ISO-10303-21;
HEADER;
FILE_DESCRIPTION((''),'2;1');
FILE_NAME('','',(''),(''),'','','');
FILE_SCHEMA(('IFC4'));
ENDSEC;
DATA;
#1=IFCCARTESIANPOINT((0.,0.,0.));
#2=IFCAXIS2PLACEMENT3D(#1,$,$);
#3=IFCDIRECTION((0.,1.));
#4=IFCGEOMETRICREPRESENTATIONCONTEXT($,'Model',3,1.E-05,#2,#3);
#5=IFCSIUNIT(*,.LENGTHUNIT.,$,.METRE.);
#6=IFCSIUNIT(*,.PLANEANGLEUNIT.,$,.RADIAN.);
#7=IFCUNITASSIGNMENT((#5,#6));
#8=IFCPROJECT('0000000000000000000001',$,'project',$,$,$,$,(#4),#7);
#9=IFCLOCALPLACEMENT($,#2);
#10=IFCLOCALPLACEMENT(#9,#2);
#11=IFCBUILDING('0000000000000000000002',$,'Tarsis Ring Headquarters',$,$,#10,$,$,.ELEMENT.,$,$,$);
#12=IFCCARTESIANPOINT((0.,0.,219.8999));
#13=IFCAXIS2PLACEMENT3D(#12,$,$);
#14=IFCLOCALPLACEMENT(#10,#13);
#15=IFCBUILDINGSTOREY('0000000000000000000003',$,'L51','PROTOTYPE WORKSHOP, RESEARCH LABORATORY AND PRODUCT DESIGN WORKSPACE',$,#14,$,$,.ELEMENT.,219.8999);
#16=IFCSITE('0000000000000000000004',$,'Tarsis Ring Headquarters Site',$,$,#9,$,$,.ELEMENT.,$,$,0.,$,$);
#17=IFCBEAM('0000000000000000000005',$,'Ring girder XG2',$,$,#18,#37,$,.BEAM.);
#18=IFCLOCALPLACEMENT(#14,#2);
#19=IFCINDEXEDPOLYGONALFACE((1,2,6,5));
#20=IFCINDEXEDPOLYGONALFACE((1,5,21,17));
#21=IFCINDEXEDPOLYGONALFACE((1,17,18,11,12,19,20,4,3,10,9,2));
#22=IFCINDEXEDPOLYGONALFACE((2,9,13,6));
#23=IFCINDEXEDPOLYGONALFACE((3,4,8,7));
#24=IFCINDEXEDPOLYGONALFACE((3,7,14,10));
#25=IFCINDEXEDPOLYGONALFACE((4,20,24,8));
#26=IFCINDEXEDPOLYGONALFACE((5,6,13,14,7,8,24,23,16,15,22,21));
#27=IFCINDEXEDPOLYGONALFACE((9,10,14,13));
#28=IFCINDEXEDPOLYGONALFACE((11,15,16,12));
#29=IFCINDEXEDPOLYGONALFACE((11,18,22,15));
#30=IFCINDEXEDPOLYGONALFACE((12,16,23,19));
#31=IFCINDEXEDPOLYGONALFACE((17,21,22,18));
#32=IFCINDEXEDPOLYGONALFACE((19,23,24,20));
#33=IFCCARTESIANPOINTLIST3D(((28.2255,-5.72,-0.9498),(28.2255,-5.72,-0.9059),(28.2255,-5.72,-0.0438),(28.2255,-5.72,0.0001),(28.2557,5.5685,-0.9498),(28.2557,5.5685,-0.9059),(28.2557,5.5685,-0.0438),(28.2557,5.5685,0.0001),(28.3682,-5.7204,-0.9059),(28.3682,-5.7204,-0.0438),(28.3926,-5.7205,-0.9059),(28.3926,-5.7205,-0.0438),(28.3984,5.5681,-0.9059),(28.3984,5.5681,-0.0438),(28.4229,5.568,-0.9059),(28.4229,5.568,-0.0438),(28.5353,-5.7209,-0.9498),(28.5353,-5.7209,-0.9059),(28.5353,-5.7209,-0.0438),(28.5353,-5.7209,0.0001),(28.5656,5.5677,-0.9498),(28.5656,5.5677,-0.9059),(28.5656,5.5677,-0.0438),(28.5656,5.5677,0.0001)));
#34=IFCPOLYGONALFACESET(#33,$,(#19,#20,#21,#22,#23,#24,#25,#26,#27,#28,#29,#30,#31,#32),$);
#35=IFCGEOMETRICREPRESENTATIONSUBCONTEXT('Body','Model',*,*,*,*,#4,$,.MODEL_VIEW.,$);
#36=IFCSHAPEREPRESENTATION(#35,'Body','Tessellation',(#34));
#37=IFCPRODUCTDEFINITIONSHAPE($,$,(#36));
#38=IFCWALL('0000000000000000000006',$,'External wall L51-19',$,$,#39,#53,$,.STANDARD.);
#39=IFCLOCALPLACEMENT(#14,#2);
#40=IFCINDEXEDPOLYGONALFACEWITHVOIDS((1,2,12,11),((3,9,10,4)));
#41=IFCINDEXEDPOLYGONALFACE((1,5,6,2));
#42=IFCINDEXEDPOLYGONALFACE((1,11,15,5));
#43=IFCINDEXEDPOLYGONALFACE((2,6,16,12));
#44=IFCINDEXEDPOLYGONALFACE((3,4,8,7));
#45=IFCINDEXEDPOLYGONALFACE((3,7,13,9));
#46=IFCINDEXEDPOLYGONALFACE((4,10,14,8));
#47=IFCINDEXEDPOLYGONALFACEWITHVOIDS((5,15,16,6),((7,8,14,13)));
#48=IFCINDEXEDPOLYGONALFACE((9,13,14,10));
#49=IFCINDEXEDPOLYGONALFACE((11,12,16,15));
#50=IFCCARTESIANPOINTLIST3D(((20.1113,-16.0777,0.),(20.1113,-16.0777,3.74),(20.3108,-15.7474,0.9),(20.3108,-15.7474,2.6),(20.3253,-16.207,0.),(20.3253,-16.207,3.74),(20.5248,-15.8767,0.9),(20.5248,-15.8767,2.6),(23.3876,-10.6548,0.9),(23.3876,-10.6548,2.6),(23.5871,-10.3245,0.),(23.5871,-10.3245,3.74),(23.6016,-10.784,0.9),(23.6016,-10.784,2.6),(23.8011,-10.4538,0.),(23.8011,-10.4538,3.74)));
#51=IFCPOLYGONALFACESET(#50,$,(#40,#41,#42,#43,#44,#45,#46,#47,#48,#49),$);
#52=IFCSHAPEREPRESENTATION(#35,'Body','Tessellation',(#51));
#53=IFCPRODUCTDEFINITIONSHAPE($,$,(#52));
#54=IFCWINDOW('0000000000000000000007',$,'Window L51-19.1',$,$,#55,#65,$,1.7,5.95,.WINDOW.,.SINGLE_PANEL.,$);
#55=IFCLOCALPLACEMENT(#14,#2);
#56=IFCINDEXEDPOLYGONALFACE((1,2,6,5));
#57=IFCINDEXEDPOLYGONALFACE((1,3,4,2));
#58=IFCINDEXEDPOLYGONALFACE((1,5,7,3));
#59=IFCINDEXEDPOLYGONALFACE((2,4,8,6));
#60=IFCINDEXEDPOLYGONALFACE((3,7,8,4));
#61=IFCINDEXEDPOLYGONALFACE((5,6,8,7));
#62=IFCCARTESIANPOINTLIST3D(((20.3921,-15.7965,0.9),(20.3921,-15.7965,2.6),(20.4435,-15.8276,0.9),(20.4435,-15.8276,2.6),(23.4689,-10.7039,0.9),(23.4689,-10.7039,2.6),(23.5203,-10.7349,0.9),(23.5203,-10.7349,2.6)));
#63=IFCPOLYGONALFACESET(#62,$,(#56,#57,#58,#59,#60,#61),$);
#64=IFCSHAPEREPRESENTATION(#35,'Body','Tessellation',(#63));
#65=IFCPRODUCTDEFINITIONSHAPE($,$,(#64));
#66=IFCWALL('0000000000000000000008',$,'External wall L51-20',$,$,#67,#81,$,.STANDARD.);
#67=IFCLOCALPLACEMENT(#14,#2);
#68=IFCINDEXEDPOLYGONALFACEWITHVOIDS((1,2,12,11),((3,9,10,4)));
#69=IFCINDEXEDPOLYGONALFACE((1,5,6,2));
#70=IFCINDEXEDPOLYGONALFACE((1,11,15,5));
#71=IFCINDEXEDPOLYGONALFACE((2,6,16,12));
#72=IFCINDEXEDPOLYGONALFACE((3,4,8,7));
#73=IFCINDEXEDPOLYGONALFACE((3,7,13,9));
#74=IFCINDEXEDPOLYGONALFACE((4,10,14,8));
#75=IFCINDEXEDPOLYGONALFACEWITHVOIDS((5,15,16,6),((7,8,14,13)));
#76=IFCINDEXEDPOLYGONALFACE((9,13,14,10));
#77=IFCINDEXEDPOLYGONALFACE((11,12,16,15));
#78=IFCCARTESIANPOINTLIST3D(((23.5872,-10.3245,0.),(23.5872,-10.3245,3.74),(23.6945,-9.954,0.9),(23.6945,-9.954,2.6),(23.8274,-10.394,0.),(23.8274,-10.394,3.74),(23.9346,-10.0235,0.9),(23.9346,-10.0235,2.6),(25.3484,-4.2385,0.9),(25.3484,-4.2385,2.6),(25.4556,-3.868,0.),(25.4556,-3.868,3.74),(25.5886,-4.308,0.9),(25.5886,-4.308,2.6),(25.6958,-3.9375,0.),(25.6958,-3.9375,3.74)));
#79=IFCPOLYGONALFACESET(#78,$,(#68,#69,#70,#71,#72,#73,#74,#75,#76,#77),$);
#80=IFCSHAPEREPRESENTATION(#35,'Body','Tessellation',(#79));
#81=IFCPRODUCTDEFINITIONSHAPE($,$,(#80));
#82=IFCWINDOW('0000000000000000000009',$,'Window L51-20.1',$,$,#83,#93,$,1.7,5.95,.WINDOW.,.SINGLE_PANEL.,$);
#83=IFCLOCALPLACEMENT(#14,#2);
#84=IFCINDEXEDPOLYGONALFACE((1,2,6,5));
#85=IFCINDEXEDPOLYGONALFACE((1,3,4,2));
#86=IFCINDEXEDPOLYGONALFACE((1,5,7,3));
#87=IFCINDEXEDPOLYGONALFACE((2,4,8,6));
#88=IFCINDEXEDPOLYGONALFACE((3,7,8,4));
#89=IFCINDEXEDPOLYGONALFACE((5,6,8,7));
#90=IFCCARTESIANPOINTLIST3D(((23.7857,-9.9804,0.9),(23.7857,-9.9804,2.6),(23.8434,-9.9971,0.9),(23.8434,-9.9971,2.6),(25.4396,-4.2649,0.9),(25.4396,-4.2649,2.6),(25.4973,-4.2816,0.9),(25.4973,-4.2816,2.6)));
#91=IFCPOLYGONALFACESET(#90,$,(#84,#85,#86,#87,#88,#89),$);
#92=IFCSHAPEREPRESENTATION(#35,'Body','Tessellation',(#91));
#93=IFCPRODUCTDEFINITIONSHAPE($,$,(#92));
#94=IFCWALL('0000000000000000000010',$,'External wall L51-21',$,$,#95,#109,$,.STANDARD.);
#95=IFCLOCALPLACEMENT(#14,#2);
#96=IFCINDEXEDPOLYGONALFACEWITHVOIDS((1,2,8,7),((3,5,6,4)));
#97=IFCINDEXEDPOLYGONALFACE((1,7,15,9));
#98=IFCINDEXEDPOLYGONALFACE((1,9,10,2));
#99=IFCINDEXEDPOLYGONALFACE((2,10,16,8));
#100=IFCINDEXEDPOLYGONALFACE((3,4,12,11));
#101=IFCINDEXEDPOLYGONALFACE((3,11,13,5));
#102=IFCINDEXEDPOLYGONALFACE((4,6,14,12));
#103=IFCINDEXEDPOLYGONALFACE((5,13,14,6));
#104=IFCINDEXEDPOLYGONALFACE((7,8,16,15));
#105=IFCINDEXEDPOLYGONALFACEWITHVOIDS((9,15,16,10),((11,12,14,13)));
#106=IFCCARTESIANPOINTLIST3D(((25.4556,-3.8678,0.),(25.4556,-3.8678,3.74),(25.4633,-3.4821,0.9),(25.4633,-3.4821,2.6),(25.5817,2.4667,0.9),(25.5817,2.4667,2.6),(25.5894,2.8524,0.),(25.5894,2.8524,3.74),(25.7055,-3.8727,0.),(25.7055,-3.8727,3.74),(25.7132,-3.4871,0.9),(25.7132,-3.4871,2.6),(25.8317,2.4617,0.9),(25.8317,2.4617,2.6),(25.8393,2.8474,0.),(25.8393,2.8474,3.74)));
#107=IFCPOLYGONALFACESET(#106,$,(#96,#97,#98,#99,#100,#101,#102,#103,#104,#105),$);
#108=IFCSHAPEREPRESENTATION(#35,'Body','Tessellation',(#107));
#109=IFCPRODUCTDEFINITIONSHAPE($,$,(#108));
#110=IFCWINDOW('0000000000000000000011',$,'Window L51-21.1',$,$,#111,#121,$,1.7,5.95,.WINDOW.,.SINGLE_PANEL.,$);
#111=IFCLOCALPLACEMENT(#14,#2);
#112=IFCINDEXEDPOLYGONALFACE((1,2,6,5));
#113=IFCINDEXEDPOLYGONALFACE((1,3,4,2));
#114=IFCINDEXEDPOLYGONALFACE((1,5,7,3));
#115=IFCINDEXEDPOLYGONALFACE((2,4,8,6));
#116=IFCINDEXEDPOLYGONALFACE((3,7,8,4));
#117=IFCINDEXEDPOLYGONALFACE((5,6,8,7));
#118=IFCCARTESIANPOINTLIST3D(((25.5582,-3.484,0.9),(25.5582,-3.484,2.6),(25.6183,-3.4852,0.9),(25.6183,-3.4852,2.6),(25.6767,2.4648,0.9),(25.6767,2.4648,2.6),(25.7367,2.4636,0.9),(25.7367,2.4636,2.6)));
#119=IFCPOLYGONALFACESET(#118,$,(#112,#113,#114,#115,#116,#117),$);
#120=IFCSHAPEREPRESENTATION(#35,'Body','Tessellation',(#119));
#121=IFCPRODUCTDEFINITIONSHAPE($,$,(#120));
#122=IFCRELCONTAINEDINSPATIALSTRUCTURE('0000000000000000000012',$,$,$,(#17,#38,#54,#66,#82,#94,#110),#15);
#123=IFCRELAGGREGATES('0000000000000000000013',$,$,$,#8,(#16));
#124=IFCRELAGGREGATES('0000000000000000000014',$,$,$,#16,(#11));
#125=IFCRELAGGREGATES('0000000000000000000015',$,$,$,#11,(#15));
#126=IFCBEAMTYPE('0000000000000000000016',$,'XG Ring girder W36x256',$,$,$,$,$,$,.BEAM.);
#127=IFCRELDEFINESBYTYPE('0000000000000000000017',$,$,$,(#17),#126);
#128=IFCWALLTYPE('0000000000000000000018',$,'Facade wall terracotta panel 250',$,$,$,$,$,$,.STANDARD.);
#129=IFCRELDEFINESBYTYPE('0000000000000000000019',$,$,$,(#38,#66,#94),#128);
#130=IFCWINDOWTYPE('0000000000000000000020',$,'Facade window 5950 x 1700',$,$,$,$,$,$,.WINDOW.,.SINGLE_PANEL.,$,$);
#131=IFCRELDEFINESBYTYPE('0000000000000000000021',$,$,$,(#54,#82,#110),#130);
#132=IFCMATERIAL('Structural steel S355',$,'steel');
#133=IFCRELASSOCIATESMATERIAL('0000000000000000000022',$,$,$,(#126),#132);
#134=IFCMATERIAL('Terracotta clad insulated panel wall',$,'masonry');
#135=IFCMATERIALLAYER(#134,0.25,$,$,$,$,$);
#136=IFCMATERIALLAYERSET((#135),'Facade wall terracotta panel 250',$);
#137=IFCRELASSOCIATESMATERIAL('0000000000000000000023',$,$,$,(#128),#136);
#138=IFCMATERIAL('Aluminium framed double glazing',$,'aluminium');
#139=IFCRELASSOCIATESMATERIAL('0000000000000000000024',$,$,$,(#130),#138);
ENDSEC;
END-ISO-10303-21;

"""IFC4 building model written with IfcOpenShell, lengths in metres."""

from ifc_helpers import new_model, si_unit, direction, frame, frame_2d, origin, origin_2d, place, context, subcontext, project, spatial, rectangle, i_section, extrude, material, layer, layer_set, material_profile, profile_set, type_object, element, fill, save


model = new_model("IFC4")

# Units and contexts
model_context = context("Model", 3, precision=1e-05, world=origin(), true_north=direction((0.0, 1.0)))
body_context = subcontext(model_context, "Body", "Model", "MODEL_VIEW")
ifc_project = project(units=[si_unit("LENGTHUNIT", "METRE"), si_unit("PLANEANGLEUNIT", "RADIAN")], contexts=[model_context])

# Site, building, storey
site_placement = place(None, origin())
site = spatial("IfcSite", under=ifc_project, at=site_placement, Name="Tarsis Ring Headquarters Site", CompositionType="ELEMENT", RefElevation=0.0)
building_placement = place(site_placement, origin())
building = spatial("IfcBuilding", under=site, at=building_placement, Name="Tarsis Ring Headquarters", CompositionType="ELEMENT")
storey_placement = place(building_placement, frame((0.0, 0.0, 219.8999)))
storey = spatial("IfcBuildingStorey", under=building, at=storey_placement, Name="L51", Description="PROTOTYPE WORKSHOP, RESEARCH LABORATORY AND PRODUCT DESIGN WORKSPACE", CompositionType="ELEMENT", Elevation=219.8999)

# Shared definitions
ifc_material_1 = material(Name="Structural steel S355", Category="steel")

# Beam
ifc_material_profile_1 = material_profile(ifc_material_1, i_section(OverallWidth=0.3098, OverallDepth=0.95, WebThickness=0.0244, FlangeThickness=0.0439, at=origin_2d()), Name="W36x256")
ifc_profile_set_1 = profile_set([ifc_material_profile_1], Name="Structural steel S355")
beam_type = type_object("IfcBeamType", Name="XG Ring girder W36x256", PredefinedType="BEAM", material=ifc_profile_set_1)
beam_1_placement = place(storey_placement, frame((28.3804, -5.7205, -0.4749), z_axis=(0.002682, 0.999996, 0.0), x_axis=(-0.999996, 0.002682, 0.0)))
element("IfcBeam", 1, at=beam_1_placement, inside=storey, type_object=beam_type, Name="Ring girder XG2", PredefinedType="BEAM", context=body_context, shape_type="SweptSolid", body=[
    extrude(i_section(OverallWidth=0.3098, OverallDepth=0.95, WebThickness=0.0244, FlangeThickness=0.0439, at=origin_2d()), origin(), (0.0, 0.0, 1.0), 11.2886),
])

# Walls, openings, windows
ifc_material_2 = material(Name="Terracotta clad insulated panel wall", Category="masonry")
ifc_layer = layer(ifc_material_2, 0.25)
ifc_layer_set = layer_set([ifc_layer], Name="Facade wall terracotta panel 250")
wall_type = type_object("IfcWallType", Name="Facade wall terracotta panel 250", PredefinedType="STANDARD", material=ifc_layer_set)
wall_1_placement = place(storey_placement, frame((20.2183, -16.1423, 0.0), z_axis=(0.0, 0.0, 1.0), x_axis=(0.517111, 0.855919, 0.0)))
wall_1 = element("IfcWall", 2, at=wall_1_placement, inside=storey, type_object=wall_type, Name="External wall L51-19", PredefinedType="STANDARD", context=body_context, shape_type="SweptSolid", body=[
    extrude(rectangle(XDim=6.7217, YDim=0.25, at=frame_2d((3.3608, 0.0))), origin(), (0.0, 0.0, 1.0), 3.74),
])
opening_1_placement = place(wall_1_placement, frame((0.3857, 0.0, 0.8999)))
opening_1 = element("IfcOpeningElement", 3, at=opening_1_placement, cuts=wall_1, PredefinedType="OPENING", context=body_context, shape_type="SweptSolid", body=[
    extrude(rectangle(XDim=5.95, YDim=1.7, at=frame_2d((2.9751, 0.8501))), frame((0.0, 0.135, 0.0), z_axis=(0.0, -1.0, 0.0), x_axis=(1.0, 0.0, 0.0)), (0.0, 0.0, 1.0), 0.27),
])
ifc_material_3 = material(Name="Aluminium framed double glazing", Category="aluminium")
window_type = type_object("IfcWindowType", Name="Facade window 5950 x 1700", PartitioningType="SINGLE_PANEL", PredefinedType="WINDOW", material=ifc_material_3)
window_1_placement = place(opening_1_placement, origin())
window_1 = element("IfcWindow", 4, at=window_1_placement, inside=storey, type_object=window_type, Name="Window L51-19.1", OverallHeight=1.7, OverallWidth=5.95, PartitioningType="SINGLE_PANEL", PredefinedType="WINDOW", context=body_context, shape_type="SweptSolid", body=[
    extrude(rectangle(XDim=5.95, YDim=1.7, at=frame_2d((2.9751, 0.8501))), frame((0.0, 0.03, 0.0), z_axis=(0.0, -1.0, 0.0), x_axis=(1.0, 0.0, 0.0)), (0.0, 0.0, 1.0), 0.0601),
])
fill(opening_1, window_1)
wall_2_placement = place(storey_placement, frame((23.7073, -10.3594, 0.0), z_axis=(0.0, 0.0, 1.0), x_axis=(0.277977, 0.960588, 0.0)))
wall_2 = element("IfcWall", 5, at=wall_2_placement, inside=storey, type_object=wall_type, Name="External wall L51-20", PredefinedType="STANDARD", context=body_context, shape_type="SweptSolid", body=[
    extrude(rectangle(XDim=6.7214, YDim=0.25, at=frame_2d((3.3608, 0.0))), origin(), (0.0, 0.0, 1.0), 3.74),
])
opening_2_placement = place(wall_2_placement, frame((0.3857, 0.0, 0.8999)))
opening_2 = element("IfcOpeningElement", 6, at=opening_2_placement, cuts=wall_2, PredefinedType="OPENING", context=body_context, shape_type="SweptSolid", body=[
    extrude(rectangle(XDim=5.95, YDim=1.7, at=frame_2d((2.9751, 0.8501))), frame((0.0, 0.135, 0.0), z_axis=(0.0, -1.0, 0.0), x_axis=(1.0, 0.0, 0.0)), (0.0, 0.0, 1.0), 0.27),
])
window_2_placement = place(opening_2_placement, origin())
window_2 = element("IfcWindow", 7, at=window_2_placement, inside=storey, type_object=window_type, Name="Window L51-20.1", OverallHeight=1.7, OverallWidth=5.95, PartitioningType="SINGLE_PANEL", PredefinedType="WINDOW", context=body_context, shape_type="SweptSolid", body=[
    extrude(rectangle(XDim=5.95, YDim=1.7, at=frame_2d((2.9751, 0.8501))), frame((0.0, 0.03, 0.0), z_axis=(0.0, -1.0, 0.0), x_axis=(1.0, 0.0, 0.0)), (0.0, 0.0, 1.0), 0.0601),
])
fill(opening_2, window_2)
wall_3_placement = place(storey_placement, frame((25.5806, -3.8704, 0.0), z_axis=(0.0, 0.0, 1.0), x_axis=(0.019905, 0.999802, 0.0)))
wall_3 = element("IfcWall", 8, at=wall_3_placement, inside=storey, type_object=wall_type, Name="External wall L51-21", PredefinedType="STANDARD", context=body_context, shape_type="SweptSolid", body=[
    extrude(rectangle(XDim=6.7214, YDim=0.25, at=frame_2d((3.3608, 0.0))), origin(), (0.0, 0.0, 1.0), 3.74),
])
opening_3_placement = place(wall_3_placement, frame((0.3857, 0.0, 0.8999)))
opening_3 = element("IfcOpeningElement", 9, at=opening_3_placement, cuts=wall_3, PredefinedType="OPENING", context=body_context, shape_type="SweptSolid", body=[
    extrude(rectangle(XDim=5.95, YDim=1.7, at=frame_2d((2.9751, 0.8501))), frame((0.0, 0.135, 0.0), z_axis=(0.0, -1.0, 0.0), x_axis=(1.0, 0.0, 0.0)), (0.0, 0.0, 1.0), 0.27),
])
window_3_placement = place(opening_3_placement, origin())
window_3 = element("IfcWindow", 10, at=window_3_placement, inside=storey, type_object=window_type, Name="Window L51-21.1", OverallHeight=1.7, OverallWidth=5.95, PartitioningType="SINGLE_PANEL", PredefinedType="WINDOW", context=body_context, shape_type="SweptSolid", body=[
    extrude(rectangle(XDim=5.95, YDim=1.7, at=frame_2d((2.9751, 0.8501))), frame((0.0, 0.03, 0.0), z_axis=(0.0, -1.0, 0.0), x_axis=(1.0, 0.0, 0.0)), (0.0, 0.0, 1.0), 0.0601),
])
fill(opening_3, window_3)

save(model, "model.ifc")
